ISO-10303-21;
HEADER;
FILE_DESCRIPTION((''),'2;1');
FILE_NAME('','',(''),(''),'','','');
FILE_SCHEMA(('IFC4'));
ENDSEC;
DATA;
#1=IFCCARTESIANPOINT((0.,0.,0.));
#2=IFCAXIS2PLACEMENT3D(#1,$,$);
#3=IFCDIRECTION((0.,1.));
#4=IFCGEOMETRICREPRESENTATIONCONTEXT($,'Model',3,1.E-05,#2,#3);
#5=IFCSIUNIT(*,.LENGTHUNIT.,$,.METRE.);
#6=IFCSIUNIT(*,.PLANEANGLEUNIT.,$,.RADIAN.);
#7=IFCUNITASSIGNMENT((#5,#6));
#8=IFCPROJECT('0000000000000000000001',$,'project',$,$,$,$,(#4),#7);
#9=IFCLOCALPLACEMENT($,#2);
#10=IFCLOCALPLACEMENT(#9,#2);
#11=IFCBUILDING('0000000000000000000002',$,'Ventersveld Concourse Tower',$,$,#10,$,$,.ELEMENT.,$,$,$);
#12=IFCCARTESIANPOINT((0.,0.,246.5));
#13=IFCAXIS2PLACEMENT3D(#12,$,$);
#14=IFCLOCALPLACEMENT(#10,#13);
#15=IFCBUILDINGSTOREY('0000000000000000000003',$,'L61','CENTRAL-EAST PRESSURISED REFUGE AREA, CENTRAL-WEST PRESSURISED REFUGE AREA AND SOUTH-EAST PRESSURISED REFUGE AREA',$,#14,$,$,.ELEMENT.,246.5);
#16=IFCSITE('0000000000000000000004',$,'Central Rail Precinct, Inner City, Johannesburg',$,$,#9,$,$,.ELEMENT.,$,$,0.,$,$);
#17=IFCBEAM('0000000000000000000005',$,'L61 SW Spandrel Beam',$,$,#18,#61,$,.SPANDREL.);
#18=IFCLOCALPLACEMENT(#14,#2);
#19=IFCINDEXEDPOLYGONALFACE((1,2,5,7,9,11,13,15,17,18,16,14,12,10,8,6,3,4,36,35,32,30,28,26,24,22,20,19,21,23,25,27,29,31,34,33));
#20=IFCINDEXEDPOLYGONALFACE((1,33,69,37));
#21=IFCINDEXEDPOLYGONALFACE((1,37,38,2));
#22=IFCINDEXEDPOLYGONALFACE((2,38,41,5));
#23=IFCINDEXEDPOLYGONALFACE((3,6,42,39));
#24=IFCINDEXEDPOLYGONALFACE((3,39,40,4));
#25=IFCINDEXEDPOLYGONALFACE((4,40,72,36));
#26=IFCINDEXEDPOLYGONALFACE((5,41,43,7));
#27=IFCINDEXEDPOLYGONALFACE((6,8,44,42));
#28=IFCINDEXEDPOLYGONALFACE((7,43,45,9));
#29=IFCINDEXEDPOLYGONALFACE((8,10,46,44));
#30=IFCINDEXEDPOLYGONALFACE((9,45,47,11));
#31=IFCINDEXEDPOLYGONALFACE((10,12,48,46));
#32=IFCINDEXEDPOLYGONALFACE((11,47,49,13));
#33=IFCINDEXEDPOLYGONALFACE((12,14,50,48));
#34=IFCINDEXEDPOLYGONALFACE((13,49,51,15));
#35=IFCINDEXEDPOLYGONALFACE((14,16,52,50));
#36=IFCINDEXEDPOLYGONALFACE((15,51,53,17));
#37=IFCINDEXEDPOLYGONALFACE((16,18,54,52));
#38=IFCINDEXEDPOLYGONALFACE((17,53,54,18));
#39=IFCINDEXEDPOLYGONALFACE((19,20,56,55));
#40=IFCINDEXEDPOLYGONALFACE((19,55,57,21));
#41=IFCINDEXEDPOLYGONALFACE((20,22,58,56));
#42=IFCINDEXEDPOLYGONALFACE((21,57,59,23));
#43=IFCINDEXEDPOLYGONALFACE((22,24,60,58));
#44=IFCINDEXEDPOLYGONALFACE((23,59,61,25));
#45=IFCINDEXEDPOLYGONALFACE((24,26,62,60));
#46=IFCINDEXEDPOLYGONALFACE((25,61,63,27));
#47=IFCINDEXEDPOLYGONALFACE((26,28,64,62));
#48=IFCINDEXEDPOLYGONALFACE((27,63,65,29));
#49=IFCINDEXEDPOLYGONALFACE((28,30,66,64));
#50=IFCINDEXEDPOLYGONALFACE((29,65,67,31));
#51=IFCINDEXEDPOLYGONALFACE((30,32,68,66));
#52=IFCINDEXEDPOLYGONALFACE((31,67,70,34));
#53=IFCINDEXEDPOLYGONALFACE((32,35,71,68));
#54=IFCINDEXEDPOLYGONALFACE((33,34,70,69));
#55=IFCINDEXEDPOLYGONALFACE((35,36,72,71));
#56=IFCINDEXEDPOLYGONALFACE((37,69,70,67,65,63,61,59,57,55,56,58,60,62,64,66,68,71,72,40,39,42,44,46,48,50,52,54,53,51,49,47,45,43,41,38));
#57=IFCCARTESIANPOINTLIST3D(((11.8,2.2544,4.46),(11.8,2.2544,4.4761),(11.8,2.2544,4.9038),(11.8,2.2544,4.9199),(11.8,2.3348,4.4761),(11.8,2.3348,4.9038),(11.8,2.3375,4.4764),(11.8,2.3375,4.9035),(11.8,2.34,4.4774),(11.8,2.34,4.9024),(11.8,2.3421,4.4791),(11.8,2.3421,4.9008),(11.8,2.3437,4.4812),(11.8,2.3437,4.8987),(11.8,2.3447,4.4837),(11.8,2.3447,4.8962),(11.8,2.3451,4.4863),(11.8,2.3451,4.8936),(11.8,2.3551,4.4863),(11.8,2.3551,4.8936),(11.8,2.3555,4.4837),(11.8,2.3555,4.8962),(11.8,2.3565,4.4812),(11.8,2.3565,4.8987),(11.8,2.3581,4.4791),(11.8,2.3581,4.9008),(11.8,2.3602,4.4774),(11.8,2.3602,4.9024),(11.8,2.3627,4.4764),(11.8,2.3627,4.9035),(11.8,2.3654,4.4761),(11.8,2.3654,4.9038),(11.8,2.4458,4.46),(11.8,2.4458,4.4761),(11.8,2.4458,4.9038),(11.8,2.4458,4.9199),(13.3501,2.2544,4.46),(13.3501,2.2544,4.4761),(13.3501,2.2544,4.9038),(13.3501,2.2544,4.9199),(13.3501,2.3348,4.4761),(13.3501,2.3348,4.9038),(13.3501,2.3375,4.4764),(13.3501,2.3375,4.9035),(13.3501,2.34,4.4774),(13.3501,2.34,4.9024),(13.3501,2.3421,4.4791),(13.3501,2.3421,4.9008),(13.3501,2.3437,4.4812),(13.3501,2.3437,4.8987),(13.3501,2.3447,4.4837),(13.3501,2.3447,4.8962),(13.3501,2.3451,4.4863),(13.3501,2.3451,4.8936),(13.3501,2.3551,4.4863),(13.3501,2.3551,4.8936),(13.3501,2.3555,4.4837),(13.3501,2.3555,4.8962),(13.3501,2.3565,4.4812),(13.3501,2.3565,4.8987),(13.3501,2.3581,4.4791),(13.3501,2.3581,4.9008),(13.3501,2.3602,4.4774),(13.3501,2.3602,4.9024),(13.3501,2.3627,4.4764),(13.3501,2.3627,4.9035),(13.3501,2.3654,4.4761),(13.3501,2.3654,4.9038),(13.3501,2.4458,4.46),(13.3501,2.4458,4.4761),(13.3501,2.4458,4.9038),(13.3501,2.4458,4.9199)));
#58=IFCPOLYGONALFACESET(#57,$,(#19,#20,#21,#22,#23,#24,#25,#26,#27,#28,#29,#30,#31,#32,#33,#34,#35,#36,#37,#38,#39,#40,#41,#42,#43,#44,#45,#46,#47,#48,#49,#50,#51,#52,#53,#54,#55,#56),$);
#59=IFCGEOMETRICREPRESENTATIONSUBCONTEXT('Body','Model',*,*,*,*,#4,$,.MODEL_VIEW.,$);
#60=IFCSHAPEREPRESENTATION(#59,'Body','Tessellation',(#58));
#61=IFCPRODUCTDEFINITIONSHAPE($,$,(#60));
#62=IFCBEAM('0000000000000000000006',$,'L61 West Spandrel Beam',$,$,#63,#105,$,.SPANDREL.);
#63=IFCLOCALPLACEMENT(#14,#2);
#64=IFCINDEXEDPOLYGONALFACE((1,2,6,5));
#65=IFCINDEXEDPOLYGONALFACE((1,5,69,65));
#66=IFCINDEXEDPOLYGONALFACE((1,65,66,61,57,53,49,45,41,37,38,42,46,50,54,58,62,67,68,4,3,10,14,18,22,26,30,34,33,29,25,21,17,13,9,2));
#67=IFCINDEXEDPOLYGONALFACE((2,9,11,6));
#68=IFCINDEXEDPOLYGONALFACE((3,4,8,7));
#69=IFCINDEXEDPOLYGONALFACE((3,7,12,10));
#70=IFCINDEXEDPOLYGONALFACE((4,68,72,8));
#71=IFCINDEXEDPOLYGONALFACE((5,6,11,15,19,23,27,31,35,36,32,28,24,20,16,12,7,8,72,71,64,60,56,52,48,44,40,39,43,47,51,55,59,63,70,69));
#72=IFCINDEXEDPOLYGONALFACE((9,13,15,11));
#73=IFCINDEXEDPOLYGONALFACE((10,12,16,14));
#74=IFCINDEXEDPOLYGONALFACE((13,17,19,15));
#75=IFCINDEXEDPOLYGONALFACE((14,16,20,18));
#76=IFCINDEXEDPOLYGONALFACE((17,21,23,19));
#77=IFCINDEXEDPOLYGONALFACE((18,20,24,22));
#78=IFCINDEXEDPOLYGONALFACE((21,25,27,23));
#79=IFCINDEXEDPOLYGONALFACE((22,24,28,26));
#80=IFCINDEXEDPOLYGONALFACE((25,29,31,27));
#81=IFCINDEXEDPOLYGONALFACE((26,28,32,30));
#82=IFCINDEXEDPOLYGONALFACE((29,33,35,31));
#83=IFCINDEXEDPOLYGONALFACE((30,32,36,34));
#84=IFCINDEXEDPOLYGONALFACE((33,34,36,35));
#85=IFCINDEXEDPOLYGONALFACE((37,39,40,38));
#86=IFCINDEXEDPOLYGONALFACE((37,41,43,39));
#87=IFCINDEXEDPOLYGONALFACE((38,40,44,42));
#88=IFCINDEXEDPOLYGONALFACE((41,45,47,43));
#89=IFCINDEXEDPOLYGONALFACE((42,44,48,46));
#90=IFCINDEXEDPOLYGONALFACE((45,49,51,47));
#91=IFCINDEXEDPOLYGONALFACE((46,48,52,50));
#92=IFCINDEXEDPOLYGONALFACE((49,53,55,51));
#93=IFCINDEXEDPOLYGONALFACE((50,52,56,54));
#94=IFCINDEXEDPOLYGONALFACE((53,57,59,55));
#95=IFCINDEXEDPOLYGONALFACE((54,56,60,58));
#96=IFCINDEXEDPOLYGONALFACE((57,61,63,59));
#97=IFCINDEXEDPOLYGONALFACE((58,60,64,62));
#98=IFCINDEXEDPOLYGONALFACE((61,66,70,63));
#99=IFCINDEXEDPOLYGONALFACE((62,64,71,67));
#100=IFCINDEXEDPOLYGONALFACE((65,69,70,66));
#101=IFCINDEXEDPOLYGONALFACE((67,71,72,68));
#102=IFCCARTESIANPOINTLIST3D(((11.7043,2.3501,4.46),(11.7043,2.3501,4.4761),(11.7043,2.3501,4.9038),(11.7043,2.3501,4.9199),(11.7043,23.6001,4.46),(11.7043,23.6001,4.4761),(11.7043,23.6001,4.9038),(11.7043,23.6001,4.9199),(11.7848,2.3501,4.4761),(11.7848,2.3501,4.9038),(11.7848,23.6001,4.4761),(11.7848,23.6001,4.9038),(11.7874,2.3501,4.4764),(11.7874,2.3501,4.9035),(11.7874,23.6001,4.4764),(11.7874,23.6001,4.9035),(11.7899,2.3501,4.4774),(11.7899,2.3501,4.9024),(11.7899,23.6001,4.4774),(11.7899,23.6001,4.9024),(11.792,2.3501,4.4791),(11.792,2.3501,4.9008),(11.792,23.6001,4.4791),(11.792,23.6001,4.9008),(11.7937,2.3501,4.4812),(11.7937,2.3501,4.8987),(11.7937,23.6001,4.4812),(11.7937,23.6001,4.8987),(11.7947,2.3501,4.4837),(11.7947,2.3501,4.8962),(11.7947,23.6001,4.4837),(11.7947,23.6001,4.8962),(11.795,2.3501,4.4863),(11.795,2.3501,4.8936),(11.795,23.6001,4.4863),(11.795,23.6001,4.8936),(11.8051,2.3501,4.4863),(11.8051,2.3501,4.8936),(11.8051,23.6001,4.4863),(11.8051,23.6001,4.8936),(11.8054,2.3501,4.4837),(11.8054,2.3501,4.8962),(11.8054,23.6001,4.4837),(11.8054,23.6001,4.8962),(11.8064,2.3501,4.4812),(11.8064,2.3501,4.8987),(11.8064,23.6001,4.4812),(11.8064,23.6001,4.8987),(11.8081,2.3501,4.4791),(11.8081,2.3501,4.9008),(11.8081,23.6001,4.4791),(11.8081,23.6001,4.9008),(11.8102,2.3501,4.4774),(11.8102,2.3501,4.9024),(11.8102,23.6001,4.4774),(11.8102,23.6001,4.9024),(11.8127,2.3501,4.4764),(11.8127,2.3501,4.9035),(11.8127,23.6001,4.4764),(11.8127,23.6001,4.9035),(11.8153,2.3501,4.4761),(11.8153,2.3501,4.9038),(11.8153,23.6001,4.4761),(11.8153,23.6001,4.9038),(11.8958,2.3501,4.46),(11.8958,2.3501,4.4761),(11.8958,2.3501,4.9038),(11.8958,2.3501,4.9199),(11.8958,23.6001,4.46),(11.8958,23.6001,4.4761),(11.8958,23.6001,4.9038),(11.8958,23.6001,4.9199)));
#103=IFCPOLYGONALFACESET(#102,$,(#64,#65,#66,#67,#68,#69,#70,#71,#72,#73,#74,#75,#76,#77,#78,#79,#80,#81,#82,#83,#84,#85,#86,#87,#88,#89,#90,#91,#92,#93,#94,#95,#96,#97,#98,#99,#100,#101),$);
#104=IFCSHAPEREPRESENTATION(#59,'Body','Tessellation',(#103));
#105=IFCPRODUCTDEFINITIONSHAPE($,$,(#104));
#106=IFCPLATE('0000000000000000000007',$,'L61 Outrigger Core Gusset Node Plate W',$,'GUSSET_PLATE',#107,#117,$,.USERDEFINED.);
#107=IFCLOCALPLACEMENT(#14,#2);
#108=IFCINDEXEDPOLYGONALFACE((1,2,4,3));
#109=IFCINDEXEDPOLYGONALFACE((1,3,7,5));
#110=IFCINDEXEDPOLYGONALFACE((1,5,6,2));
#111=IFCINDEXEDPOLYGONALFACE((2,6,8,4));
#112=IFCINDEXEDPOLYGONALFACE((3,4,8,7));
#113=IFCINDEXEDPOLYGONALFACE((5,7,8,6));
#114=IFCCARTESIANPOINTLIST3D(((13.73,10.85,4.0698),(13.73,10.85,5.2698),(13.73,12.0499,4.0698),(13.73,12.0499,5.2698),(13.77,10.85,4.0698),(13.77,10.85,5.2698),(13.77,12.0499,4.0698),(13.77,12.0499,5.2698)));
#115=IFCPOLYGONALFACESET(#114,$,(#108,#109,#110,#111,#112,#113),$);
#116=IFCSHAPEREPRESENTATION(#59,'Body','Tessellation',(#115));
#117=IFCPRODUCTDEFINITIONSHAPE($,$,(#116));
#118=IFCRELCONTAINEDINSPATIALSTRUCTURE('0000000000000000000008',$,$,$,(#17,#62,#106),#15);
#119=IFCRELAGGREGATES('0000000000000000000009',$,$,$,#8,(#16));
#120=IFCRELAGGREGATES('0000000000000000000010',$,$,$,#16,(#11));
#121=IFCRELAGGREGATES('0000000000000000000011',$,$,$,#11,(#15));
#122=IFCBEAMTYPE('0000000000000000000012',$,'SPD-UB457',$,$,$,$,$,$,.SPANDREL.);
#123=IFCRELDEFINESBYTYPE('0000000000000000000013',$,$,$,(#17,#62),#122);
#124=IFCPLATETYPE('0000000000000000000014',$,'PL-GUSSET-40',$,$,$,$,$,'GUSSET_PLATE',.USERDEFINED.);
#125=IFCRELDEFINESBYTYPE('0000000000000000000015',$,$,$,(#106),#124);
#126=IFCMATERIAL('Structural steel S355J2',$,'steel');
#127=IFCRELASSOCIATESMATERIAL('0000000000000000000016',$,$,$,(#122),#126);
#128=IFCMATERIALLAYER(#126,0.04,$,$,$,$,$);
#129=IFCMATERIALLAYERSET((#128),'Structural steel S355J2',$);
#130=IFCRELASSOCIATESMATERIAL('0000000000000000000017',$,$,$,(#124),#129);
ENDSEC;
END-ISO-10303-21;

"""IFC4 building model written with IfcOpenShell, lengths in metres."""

from ifc_helpers import new_model, si_unit, direction, frame, origin, origin_2d, place, context, subcontext, project, spatial, rectangle, i_section, extrude, material, layer, layer_set, material_profile, profile_set, type_object, element, save


model = new_model("IFC4")

# Units and contexts
model_context = context("Model", 3, precision=1e-05, world=origin(), true_north=direction((0.0, 1.0)))
body_context = subcontext(model_context, "Body", "Model", "MODEL_VIEW")
ifc_project = project(units=[si_unit("LENGTHUNIT", "METRE"), si_unit("PLANEANGLEUNIT", "RADIAN")], contexts=[model_context])

# Site, building, storey
site_placement = place(None, origin())
site = spatial("IfcSite", under=ifc_project, at=site_placement, Name="Central Rail Precinct, Inner City, Johannesburg", CompositionType="ELEMENT", RefElevation=0.0)
building_placement = place(site_placement, origin())
building = spatial("IfcBuilding", under=site, at=building_placement, Name="Ventersveld Concourse Tower", CompositionType="ELEMENT")
storey_placement = place(building_placement, frame((0.0, 0.0, 246.5)))
storey = spatial("IfcBuildingStorey", under=building, at=storey_placement, Name="L61", Description="CENTRAL-EAST PRESSURISED REFUGE AREA, CENTRAL-WEST PRESSURISED REFUGE AREA AND SOUTH-EAST PRESSURISED REFUGE AREA", CompositionType="ELEMENT", Elevation=246.5)

# Shared definitions
ifc_material_1 = material(Name="Structural steel S355J2", Category="steel")

# Beams
ifc_material_profile_1 = material_profile(ifc_material_1, i_section(OverallWidth=0.1914, OverallDepth=0.46, WebThickness=0.01, FlangeThickness=0.0161, FilletRadius=0.0103, at=origin_2d()), Name="UB 457x191x82")
ifc_profile_set_1 = profile_set([ifc_material_profile_1], Name="Structural steel S355J2")
beam_type_1 = type_object("IfcBeamType", Name="SPD-UB457", PredefinedType="SPANDREL", material=ifc_profile_set_1)
beam_1_placement = place(storey_placement, frame((11.8, 2.3501, 4.6899), z_axis=(1.0, 0.0, 0.0), x_axis=(0.0, 1.0, 0.0)))
element("IfcBeam", 1, at=beam_1_placement, inside=storey, type_object=beam_type_1, Name="L61 SW Spandrel Beam", PredefinedType="SPANDREL", context=body_context, shape_type="SweptSolid", body=[
    extrude(i_section(OverallWidth=0.1914, OverallDepth=0.46, WebThickness=0.01, FlangeThickness=0.0161, FilletRadius=0.0103, at=origin_2d()), origin(), (0.0, 0.0, 1.0), 1.55),
])
beam_2_placement = place(storey_placement, frame((11.8, 2.3501, 4.6899), z_axis=(0.0, 1.0, 0.0), x_axis=(-1.0, 0.0, 0.0)))
element("IfcBeam", 2, at=beam_2_placement, inside=storey, type_object=beam_type_1, Name="L61 West Spandrel Beam", PredefinedType="SPANDREL", context=body_context, shape_type="SweptSolid", body=[
    extrude(i_section(OverallWidth=0.1914, OverallDepth=0.46, WebThickness=0.01, FlangeThickness=0.0161, FilletRadius=0.0103, at=origin_2d()), origin(), (0.0, 0.0, 1.0), 21.25),
])

# Plate
ifc_layer_1 = layer(ifc_material_1, 0.04)
ifc_layer_set_1 = layer_set([ifc_layer_1], Name="Structural steel S355J2")
plate_type = type_object("IfcPlateType", Name="PL-GUSSET-40", ElementType="GUSSET_PLATE", PredefinedType="USERDEFINED", material=ifc_layer_set_1)
plate_placement = place(storey_placement, frame((13.75, 11.45, 4.0698), z_axis=(0.0, 0.0, 1.0), x_axis=(1.0, 0.0, 0.0)))
element("IfcPlate", 3, at=plate_placement, inside=storey, type_object=plate_type, Name="L61 Outrigger Core Gusset Node Plate W", ObjectType="GUSSET_PLATE", PredefinedType="USERDEFINED", context=body_context, shape_type="SweptSolid", body=[
    extrude(rectangle(XDim=0.04, YDim=1.2, at=origin_2d()), origin(), (0.0, 0.0, 1.0), 1.2),
])

save(model, "model.ifc")
